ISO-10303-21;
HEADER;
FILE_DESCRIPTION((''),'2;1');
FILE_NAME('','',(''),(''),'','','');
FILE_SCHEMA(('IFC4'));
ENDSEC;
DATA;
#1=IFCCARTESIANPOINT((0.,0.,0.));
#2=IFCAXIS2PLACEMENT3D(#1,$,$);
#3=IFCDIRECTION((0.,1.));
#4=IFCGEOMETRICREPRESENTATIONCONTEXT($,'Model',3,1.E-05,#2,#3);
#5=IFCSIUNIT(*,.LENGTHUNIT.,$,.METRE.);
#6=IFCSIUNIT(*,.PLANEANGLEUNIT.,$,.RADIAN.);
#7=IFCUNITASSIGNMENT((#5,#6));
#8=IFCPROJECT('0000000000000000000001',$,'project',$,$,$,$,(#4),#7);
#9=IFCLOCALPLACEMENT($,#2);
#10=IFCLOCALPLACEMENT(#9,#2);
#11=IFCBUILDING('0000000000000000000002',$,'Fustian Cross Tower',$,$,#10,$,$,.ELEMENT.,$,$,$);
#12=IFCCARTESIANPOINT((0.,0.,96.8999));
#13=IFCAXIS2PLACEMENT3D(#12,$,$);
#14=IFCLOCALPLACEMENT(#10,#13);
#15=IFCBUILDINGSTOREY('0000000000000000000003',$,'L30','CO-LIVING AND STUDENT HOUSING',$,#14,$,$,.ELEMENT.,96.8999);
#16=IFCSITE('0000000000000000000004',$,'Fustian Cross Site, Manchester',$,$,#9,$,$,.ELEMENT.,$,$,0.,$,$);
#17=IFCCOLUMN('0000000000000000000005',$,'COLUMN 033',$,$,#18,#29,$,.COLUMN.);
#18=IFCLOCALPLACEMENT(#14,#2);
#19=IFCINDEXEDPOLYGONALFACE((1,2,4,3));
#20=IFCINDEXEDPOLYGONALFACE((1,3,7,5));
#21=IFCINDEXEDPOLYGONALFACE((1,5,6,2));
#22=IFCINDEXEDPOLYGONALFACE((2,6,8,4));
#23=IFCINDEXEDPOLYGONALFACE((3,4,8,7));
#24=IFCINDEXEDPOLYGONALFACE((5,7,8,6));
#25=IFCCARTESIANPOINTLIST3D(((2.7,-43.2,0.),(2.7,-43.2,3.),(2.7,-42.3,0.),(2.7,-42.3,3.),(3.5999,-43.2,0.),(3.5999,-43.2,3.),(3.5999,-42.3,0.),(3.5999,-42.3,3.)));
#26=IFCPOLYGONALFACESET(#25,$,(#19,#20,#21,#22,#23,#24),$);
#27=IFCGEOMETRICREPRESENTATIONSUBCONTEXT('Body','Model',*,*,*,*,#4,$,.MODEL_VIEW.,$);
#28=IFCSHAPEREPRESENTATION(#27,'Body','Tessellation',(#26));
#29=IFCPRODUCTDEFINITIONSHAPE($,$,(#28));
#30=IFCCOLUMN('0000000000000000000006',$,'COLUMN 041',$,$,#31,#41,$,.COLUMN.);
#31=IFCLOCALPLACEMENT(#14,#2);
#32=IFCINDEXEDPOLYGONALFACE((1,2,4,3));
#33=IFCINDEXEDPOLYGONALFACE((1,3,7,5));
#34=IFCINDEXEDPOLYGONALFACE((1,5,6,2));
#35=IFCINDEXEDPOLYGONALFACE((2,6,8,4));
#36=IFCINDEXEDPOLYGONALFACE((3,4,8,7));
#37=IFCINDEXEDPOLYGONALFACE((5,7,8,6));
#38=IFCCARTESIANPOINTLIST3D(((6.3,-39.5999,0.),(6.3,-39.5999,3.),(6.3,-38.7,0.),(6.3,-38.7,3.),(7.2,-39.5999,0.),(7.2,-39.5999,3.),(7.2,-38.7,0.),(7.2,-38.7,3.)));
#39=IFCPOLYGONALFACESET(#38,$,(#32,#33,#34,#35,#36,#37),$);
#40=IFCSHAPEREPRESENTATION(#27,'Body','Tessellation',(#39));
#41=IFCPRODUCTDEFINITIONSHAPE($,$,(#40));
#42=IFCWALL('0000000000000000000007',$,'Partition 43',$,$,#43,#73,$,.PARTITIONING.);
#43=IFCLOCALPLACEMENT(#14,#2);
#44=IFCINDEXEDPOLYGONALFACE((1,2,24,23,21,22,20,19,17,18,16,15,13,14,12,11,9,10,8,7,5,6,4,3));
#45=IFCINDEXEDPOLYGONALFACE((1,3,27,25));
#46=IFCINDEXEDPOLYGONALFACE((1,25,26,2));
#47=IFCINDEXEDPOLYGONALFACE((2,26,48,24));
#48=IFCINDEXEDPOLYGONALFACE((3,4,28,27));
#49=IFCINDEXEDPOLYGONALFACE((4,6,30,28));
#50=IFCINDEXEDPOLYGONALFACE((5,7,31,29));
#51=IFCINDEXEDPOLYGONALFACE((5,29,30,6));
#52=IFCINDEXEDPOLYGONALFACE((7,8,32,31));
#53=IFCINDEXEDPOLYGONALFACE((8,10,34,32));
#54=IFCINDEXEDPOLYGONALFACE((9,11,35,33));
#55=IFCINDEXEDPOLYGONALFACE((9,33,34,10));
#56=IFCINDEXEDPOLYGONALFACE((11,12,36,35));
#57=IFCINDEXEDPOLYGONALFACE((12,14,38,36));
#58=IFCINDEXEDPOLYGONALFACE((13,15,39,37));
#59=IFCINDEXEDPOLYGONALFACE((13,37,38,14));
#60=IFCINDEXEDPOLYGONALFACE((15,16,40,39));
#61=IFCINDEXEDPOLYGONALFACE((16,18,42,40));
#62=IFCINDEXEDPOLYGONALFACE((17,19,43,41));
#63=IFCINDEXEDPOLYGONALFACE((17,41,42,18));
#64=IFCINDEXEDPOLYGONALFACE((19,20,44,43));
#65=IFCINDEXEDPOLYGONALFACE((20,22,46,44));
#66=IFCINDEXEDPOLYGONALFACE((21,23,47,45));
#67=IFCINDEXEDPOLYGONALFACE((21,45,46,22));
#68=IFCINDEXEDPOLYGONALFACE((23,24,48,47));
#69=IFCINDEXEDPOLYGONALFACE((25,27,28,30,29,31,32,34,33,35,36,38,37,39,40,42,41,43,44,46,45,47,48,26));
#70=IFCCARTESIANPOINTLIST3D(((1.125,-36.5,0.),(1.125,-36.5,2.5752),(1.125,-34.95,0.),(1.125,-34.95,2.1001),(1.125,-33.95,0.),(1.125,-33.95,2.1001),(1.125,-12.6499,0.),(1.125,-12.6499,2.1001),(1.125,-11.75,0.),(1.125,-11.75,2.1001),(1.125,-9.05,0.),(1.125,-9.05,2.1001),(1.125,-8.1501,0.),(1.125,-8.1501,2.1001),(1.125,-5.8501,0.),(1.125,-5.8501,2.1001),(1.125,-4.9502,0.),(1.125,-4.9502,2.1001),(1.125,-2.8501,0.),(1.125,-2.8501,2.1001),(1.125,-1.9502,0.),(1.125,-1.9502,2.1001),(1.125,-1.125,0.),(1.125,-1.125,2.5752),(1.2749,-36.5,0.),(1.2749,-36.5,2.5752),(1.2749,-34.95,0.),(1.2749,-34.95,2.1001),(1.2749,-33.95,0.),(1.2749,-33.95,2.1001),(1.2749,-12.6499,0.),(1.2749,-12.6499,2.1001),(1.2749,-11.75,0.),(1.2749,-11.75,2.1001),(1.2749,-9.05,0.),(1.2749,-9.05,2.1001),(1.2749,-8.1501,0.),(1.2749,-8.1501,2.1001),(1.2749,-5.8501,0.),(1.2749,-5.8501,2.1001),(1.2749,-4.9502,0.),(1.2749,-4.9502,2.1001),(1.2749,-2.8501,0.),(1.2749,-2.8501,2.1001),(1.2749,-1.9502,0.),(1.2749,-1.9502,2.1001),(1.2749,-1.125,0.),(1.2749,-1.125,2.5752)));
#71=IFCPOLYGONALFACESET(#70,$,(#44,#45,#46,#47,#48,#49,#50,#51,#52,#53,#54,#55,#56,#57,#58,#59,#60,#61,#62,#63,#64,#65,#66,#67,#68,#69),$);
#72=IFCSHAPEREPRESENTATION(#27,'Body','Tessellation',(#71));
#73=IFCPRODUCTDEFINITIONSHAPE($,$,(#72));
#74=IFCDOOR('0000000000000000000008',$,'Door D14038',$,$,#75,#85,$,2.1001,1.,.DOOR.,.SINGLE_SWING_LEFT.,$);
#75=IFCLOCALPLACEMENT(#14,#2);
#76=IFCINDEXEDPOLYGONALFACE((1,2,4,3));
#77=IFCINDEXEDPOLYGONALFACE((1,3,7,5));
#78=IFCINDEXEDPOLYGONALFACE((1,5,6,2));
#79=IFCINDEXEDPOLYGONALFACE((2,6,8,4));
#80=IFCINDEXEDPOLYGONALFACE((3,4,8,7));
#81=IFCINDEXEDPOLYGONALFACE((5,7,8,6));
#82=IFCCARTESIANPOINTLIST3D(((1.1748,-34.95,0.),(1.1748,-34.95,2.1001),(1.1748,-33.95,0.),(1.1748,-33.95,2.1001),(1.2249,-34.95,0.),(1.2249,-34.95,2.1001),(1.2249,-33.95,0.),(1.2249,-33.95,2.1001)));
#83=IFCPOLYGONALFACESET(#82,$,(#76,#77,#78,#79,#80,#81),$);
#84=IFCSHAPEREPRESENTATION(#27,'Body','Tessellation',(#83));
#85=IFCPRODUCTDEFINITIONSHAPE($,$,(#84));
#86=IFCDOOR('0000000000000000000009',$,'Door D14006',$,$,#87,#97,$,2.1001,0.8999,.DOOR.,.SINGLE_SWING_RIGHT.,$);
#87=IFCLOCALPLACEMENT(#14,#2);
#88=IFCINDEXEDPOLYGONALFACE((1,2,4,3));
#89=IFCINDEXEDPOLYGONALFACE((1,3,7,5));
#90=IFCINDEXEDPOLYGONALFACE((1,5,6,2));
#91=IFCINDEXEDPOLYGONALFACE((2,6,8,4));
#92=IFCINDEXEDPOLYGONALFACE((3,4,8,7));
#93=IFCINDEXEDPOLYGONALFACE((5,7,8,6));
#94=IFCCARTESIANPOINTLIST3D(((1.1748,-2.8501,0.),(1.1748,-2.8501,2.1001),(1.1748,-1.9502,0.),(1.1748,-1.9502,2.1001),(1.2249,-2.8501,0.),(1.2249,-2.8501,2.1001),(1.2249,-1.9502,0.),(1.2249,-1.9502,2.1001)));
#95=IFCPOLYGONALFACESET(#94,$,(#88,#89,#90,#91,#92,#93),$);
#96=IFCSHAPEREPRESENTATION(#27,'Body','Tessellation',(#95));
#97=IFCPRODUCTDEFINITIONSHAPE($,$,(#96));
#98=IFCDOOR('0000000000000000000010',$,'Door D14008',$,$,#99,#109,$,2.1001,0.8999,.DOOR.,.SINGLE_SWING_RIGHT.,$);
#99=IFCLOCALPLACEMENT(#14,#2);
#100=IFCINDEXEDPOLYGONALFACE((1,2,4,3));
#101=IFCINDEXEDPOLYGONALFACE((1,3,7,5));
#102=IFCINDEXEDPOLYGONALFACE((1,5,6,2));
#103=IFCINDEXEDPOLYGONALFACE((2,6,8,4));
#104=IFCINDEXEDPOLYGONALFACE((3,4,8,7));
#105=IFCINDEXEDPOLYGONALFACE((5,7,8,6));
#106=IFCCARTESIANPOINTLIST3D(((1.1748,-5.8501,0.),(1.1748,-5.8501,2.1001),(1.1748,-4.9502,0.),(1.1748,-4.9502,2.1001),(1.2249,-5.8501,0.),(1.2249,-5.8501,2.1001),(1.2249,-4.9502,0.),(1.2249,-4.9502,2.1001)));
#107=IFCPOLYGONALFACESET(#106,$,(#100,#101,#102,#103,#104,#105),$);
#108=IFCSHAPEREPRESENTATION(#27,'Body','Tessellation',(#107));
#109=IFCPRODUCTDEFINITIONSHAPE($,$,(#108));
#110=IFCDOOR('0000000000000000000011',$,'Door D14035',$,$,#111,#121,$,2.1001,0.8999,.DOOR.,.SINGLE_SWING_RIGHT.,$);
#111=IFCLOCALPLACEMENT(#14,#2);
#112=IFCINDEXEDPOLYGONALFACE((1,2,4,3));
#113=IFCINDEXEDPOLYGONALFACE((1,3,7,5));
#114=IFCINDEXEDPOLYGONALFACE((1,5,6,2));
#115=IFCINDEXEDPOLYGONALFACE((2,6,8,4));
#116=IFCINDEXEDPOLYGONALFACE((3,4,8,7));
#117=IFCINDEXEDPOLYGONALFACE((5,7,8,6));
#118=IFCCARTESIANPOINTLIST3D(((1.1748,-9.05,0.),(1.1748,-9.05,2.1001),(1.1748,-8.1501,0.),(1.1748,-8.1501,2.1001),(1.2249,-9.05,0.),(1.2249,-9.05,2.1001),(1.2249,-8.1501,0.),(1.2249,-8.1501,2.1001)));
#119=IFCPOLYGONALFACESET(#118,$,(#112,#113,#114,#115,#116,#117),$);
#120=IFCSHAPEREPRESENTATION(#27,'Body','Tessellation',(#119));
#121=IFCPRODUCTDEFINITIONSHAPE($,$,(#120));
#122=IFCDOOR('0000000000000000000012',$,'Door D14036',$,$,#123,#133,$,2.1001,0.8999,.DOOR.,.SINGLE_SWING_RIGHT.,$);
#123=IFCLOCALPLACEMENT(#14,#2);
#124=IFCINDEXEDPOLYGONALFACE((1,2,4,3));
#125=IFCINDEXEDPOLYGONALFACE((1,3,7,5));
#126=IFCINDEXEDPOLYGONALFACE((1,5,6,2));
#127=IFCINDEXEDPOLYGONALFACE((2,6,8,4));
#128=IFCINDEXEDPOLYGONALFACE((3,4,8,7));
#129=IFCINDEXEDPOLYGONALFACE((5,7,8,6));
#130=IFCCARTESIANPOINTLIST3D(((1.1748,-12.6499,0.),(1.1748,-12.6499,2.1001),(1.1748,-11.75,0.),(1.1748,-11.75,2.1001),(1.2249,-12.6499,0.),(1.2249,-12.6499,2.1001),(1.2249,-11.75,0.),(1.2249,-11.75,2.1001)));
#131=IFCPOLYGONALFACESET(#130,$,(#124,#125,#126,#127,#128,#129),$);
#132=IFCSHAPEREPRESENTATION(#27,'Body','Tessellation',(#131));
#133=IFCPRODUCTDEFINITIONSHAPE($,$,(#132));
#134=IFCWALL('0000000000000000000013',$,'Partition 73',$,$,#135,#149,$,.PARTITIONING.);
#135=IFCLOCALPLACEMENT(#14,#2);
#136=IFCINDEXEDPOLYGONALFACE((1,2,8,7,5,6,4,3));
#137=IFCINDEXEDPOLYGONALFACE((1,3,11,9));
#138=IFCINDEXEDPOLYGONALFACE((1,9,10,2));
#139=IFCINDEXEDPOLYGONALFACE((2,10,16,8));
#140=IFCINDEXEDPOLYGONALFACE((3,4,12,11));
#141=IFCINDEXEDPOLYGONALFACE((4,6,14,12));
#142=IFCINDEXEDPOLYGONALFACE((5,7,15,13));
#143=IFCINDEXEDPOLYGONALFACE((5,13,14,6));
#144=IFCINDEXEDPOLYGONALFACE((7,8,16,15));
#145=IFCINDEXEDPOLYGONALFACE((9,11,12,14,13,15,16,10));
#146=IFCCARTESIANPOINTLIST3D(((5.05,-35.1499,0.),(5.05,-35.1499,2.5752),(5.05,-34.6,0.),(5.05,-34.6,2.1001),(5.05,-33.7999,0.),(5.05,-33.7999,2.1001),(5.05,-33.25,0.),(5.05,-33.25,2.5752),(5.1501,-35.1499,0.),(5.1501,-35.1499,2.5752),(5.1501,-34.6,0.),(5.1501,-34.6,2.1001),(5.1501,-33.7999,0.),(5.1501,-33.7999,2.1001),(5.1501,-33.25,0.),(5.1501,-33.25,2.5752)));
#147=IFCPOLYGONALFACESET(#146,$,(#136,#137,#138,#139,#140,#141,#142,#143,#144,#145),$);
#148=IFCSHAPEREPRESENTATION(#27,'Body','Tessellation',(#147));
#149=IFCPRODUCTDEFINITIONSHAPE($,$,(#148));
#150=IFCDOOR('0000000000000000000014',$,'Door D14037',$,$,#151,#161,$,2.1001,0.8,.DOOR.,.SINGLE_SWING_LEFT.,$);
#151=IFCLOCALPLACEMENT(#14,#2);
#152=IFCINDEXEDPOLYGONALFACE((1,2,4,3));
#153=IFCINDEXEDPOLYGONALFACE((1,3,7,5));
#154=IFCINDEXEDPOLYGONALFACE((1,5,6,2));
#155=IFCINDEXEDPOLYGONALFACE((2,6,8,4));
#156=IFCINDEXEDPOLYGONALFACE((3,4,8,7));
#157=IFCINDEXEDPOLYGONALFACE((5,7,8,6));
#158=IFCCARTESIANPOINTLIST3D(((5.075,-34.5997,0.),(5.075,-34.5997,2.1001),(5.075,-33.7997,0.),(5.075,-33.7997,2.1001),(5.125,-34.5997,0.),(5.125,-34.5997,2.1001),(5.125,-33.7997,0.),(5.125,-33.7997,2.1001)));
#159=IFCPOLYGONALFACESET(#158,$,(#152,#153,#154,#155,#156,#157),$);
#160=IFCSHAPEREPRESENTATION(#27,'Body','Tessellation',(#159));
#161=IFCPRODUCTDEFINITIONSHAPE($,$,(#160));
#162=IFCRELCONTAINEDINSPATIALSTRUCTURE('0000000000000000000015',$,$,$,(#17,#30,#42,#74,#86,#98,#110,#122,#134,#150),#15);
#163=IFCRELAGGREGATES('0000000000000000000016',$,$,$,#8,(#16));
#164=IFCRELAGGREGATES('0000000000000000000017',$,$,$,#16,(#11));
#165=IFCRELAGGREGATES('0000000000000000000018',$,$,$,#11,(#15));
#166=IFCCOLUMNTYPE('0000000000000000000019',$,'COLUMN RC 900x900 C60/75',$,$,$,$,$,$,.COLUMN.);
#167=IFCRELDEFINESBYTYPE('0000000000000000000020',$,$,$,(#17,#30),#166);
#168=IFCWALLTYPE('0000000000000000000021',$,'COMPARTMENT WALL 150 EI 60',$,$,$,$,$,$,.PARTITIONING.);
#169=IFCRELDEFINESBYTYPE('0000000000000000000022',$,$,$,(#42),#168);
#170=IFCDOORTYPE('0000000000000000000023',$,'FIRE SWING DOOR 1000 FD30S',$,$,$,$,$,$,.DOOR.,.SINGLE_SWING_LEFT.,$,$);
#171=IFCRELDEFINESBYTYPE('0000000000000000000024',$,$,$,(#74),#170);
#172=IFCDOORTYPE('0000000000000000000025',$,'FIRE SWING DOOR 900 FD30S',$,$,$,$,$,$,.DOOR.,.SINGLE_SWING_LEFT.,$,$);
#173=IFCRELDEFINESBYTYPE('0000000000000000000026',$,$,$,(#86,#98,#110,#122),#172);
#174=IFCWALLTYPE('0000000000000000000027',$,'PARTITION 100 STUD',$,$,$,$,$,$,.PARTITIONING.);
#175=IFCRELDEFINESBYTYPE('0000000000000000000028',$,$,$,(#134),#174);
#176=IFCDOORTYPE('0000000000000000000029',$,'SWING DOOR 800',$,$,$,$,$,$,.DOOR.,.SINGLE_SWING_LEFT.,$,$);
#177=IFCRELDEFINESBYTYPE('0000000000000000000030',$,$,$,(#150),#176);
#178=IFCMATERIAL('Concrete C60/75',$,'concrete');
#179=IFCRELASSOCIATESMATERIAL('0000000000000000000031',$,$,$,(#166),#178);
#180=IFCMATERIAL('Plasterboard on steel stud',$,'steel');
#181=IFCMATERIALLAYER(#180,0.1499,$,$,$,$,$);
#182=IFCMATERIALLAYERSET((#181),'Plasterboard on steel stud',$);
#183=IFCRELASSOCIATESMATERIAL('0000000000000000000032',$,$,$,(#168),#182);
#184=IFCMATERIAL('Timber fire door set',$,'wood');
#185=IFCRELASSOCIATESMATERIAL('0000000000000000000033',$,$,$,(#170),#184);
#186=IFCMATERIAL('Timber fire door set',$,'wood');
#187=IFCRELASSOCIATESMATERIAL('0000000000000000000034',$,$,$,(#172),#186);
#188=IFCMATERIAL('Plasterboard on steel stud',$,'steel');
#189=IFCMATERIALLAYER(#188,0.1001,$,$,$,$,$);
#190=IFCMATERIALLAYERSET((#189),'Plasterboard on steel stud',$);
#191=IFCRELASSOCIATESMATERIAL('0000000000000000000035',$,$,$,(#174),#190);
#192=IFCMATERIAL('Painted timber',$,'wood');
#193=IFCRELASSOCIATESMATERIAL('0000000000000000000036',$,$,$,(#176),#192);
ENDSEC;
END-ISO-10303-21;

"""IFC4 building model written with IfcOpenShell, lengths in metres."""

from ifc_helpers import new_model, si_unit, direction, frame, frame_2d, origin, origin_2d, place, context, subcontext, project, spatial, rectangle, extrude, material, layer, layer_set, material_profile, profile_set, type_object, element, fill, save


model = new_model("IFC4")

# Units and contexts
model_context = context("Model", 3, precision=1e-05, world=origin(), true_north=direction((0.0, 1.0)))
body_context = subcontext(model_context, "Body", "Model", "MODEL_VIEW")
ifc_project = project(units=[si_unit("LENGTHUNIT", "METRE"), si_unit("PLANEANGLEUNIT", "RADIAN")], contexts=[model_context])

# Site, building, storey
site_placement = place(None, origin())
site = spatial("IfcSite", under=ifc_project, at=site_placement, Name="Fustian Cross Site, Manchester", CompositionType="ELEMENT", RefElevation=0.0)
building_placement = place(site_placement, origin())
building = spatial("IfcBuilding", under=site, at=building_placement, Name="Fustian Cross Tower", CompositionType="ELEMENT")
storey_placement = place(building_placement, frame((0.0, 0.0, 96.8999)))
storey = spatial("IfcBuildingStorey", under=building, at=storey_placement, Name="L30", Description="CO-LIVING AND STUDENT HOUSING", CompositionType="ELEMENT", Elevation=96.8999)

# Columns
ifc_material_1 = material(Name="Concrete C60/75", Category="concrete")
ifc_material_profile = material_profile(ifc_material_1, rectangle(XDim=0.8999, YDim=0.8999, at=origin_2d()), Name="RC 900x900")
ifc_profile_set = profile_set([ifc_material_profile], Name="Concrete C60/75")
column_type = type_object("IfcColumnType", Name="COLUMN RC 900x900 C60/75", PredefinedType="COLUMN", material=ifc_profile_set)
for number, where, z_axis, x_axis, name in (
    (1, (3.1499, -42.75, 0.0), (0.0, 0.0, 1.0), (1.0, 0.0, 0.0), "COLUMN 033"),
    (2, (6.75, -39.1499, 0.0), (0.0, 0.0, 1.0), (1.0, 0.0, 0.0), "COLUMN 041"),
):
    element("IfcColumn", number, at=place(storey_placement, frame(where, z_axis=z_axis, x_axis=x_axis)), inside=storey, type_object=column_type, Name=name, PredefinedType="COLUMN", context=body_context, shape_type="SweptSolid", body=[
        extrude(rectangle(XDim=0.8999, YDim=0.8999, at=origin_2d()), origin(), (0.0, 0.0, 1.0), 3.0),
    ])

# Wall, openings, doors
ifc_material_2 = material(Name="Plasterboard on steel stud", Category="steel")
ifc_layer_1 = layer(ifc_material_2, 0.1499)
ifc_layer_set_1 = layer_set([ifc_layer_1], Name="Plasterboard on steel stud")
wall_type_1 = type_object("IfcWallType", Name="COMPARTMENT WALL 150 EI 60", PredefinedType="PARTITIONING", material=ifc_layer_set_1)
wall_1_placement = place(storey_placement, frame((1.2, -36.5, 0.0), z_axis=(0.0, 0.0, 1.0), x_axis=(0.0, 1.0, 0.0)))
wall_1 = element("IfcWall", 3, at=wall_1_placement, inside=storey, type_object=wall_type_1, Name="Partition 43", PredefinedType="PARTITIONING", context=body_context, shape_type="SweptSolid", body=[
    extrude(rectangle(XDim=35.375, YDim=0.1499, at=frame_2d((17.6875, 0.0))), origin(), (0.0, 0.0, 1.0), 2.5752),
])
opening_1_placement = place(wall_1_placement, frame((33.6499, 0.0, 0.0)))
opening_1 = element("IfcOpeningElement", 4, at=opening_1_placement, cuts=wall_1, PredefinedType="OPENING", context=body_context, shape_type="SweptSolid", body=[
    extrude(rectangle(XDim=0.8999, YDim=2.1001, at=frame_2d((0.45, 1.05))), frame((0.0, 0.085, 0.0), z_axis=(0.0, -1.0, 0.0), x_axis=(1.0, 0.0, 0.0)), (0.0, 0.0, 1.0), 0.1699),
])
opening_2_placement = place(wall_1_placement, frame((30.6499, 0.0, 0.0)))
opening_2 = element("IfcOpeningElement", 5, at=opening_2_placement, cuts=wall_1, PredefinedType="OPENING", context=body_context, shape_type="SweptSolid", body=[
    extrude(rectangle(XDim=0.8999, YDim=2.1001, at=frame_2d((0.45, 1.05))), frame((0.0, 0.085, 0.0), z_axis=(0.0, -1.0, 0.0), x_axis=(1.0, 0.0, 0.0)), (0.0, 0.0, 1.0), 0.1699),
])
opening_3_placement = place(wall_1_placement, frame((27.45, 0.0, 0.0)))
opening_3 = element("IfcOpeningElement", 6, at=opening_3_placement, cuts=wall_1, PredefinedType="OPENING", context=body_context, shape_type="SweptSolid", body=[
    extrude(rectangle(XDim=0.8999, YDim=2.1001, at=frame_2d((0.45, 1.05))), frame((0.0, 0.085, 0.0), z_axis=(0.0, -1.0, 0.0), x_axis=(1.0, 0.0, 0.0)), (0.0, 0.0, 1.0), 0.1699),
])
opening_4_placement = place(wall_1_placement, frame((23.8501, 0.0, 0.0)))
opening_4 = element("IfcOpeningElement", 7, at=opening_4_placement, cuts=wall_1, PredefinedType="OPENING", context=body_context, shape_type="SweptSolid", body=[
    extrude(rectangle(XDim=0.8999, YDim=2.1001, at=frame_2d((0.45, 1.05))), frame((0.0, 0.085, 0.0), z_axis=(0.0, -1.0, 0.0), x_axis=(1.0, 0.0, 0.0)), (0.0, 0.0, 1.0), 0.1699),
])
opening_5_placement = place(wall_1_placement, frame((1.55, 0.0, 0.0)))
opening_5 = element("IfcOpeningElement", 8, at=opening_5_placement, cuts=wall_1, PredefinedType="OPENING", context=body_context, shape_type="SweptSolid", body=[
    extrude(rectangle(XDim=1.0, YDim=2.1001, at=frame_2d((0.5, 1.05))), frame((0.0, 0.085, 0.0), z_axis=(0.0, -1.0, 0.0), x_axis=(1.0, 0.0, 0.0)), (0.0, 0.0, 1.0), 0.1699),
])
ifc_material_3 = material(Name="Timber fire door set", Category="wood")
door_type_1 = type_object("IfcDoorType", Name="FIRE SWING DOOR 1000 FD30S", OperationType="SINGLE_SWING_LEFT", PredefinedType="DOOR", material=ifc_material_3)
door_1_placement = place(opening_5_placement, frame((1.0, 0.0, 0.0), z_axis=(0.0, 0.0, 1.0), x_axis=(-1.0, 0.0, 0.0)))
door_1 = element("IfcDoor", 9, at=door_1_placement, inside=storey, type_object=door_type_1, Name="Door D14038", OperationType="SINGLE_SWING_LEFT", OverallHeight=2.1001, OverallWidth=1.0, PredefinedType="DOOR", context=body_context, shape_type="SweptSolid", body=[
    extrude(rectangle(XDim=1.0, YDim=2.1001, at=frame_2d((0.5, 1.05))), frame((0.0, 0.0249, 0.0), z_axis=(0.0, -1.0, 0.0), x_axis=(1.0, 0.0, 0.0)), (0.0, 0.0, 1.0), 0.05),
])
fill(opening_5, door_1)
ifc_material_4 = material(Name="Timber fire door set", Category="wood")
door_type_2 = type_object("IfcDoorType", Name="FIRE SWING DOOR 900 FD30S", OperationType="SINGLE_SWING_LEFT", PredefinedType="DOOR", material=ifc_material_4)
door_2_placement = place(opening_1_placement, frame((0.8999, 0.0, 0.0), z_axis=(0.0, 0.0, 1.0), x_axis=(-1.0, 0.0, 0.0)))
door_2 = element("IfcDoor", 10, at=door_2_placement, inside=storey, type_object=door_type_2, Name="Door D14006", OperationType="SINGLE_SWING_RIGHT", OverallHeight=2.1001, OverallWidth=0.8999, PredefinedType="DOOR", context=body_context, shape_type="SweptSolid", body=[
    extrude(rectangle(XDim=0.8999, YDim=2.1001, at=frame_2d((0.45, 1.05))), frame((0.0, 0.0249, 0.0), z_axis=(0.0, -1.0, 0.0), x_axis=(1.0, 0.0, 0.0)), (0.0, 0.0, 1.0), 0.05),
])
fill(opening_1, door_2)
door_3_placement = place(opening_2_placement, frame((0.8999, 0.0, 0.0), z_axis=(0.0, 0.0, 1.0), x_axis=(-1.0, 0.0, 0.0)))
door_3 = element("IfcDoor", 11, at=door_3_placement, inside=storey, type_object=door_type_2, Name="Door D14008", OperationType="SINGLE_SWING_RIGHT", OverallHeight=2.1001, OverallWidth=0.8999, PredefinedType="DOOR", context=body_context, shape_type="SweptSolid", body=[
    extrude(rectangle(XDim=0.8999, YDim=2.1001, at=frame_2d((0.45, 1.05))), frame((0.0, 0.0249, 0.0), z_axis=(0.0, -1.0, 0.0), x_axis=(1.0, 0.0, 0.0)), (0.0, 0.0, 1.0), 0.05),
])
fill(opening_2, door_3)
door_4_placement = place(opening_3_placement, frame((0.8999, 0.0, 0.0), z_axis=(0.0, 0.0, 1.0), x_axis=(-1.0, 0.0, 0.0)))
door_4 = element("IfcDoor", 12, at=door_4_placement, inside=storey, type_object=door_type_2, Name="Door D14035", OperationType="SINGLE_SWING_RIGHT", OverallHeight=2.1001, OverallWidth=0.8999, PredefinedType="DOOR", context=body_context, shape_type="SweptSolid", body=[
    extrude(rectangle(XDim=0.8999, YDim=2.1001, at=frame_2d((0.45, 1.05))), frame((0.0, 0.0249, 0.0), z_axis=(0.0, -1.0, 0.0), x_axis=(1.0, 0.0, 0.0)), (0.0, 0.0, 1.0), 0.05),
])
fill(opening_3, door_4)
door_5_placement = place(opening_4_placement, frame((0.8999, 0.0, 0.0), z_axis=(0.0, 0.0, 1.0), x_axis=(-1.0, 0.0, 0.0)))
door_5 = element("IfcDoor", 13, at=door_5_placement, inside=storey, type_object=door_type_2, Name="Door D14036", OperationType="SINGLE_SWING_RIGHT", OverallHeight=2.1001, OverallWidth=0.8999, PredefinedType="DOOR", context=body_context, shape_type="SweptSolid", body=[
    extrude(rectangle(XDim=0.8999, YDim=2.1001, at=frame_2d((0.45, 1.05))), frame((0.0, 0.0249, 0.0), z_axis=(0.0, -1.0, 0.0), x_axis=(1.0, 0.0, 0.0)), (0.0, 0.0, 1.0), 0.05),
])
fill(opening_4, door_5)

# Wall, opening, door
ifc_material_5 = material(Name="Plasterboard on steel stud", Category="steel")
ifc_layer_2 = layer(ifc_material_5, 0.1001)
ifc_layer_set_2 = layer_set([ifc_layer_2], Name="Plasterboard on steel stud")
wall_type_2 = type_object("IfcWallType", Name="PARTITION 100 STUD", PredefinedType="PARTITIONING", material=ifc_layer_set_2)
wall_2_placement = place(storey_placement, frame((5.1001, -35.1499, 0.0), z_axis=(0.0, 0.0, 1.0), x_axis=(0.0, 1.0, 0.0)))
wall_2 = element("IfcWall", 14, at=wall_2_placement, inside=storey, type_object=wall_type_2, Name="Partition 73", PredefinedType="PARTITIONING", context=body_context, shape_type="SweptSolid", body=[
    extrude(rectangle(XDim=1.8999, YDim=0.1001, at=frame_2d((0.95, 0.0))), origin(), (0.0, 0.0, 1.0), 2.5752),
])
opening_6_placement = place(wall_2_placement, frame((0.55, 0.0, 0.0)))
opening_6 = element("IfcOpeningElement", 15, at=opening_6_placement, cuts=wall_2, PredefinedType="OPENING", context=body_context, shape_type="SweptSolid", body=[
    extrude(rectangle(XDim=0.8, YDim=2.1001, at=frame_2d((0.3999, 1.05))), frame((0.0, 0.0601, 0.0), z_axis=(0.0, -1.0, 0.0), x_axis=(1.0, 0.0, 0.0)), (0.0, 0.0, 1.0), 0.1201),
])
ifc_material_6 = material(Name="Painted timber", Category="wood")
door_type_3 = type_object("IfcDoorType", Name="SWING DOOR 800", OperationType="SINGLE_SWING_LEFT", PredefinedType="DOOR", material=ifc_material_6)
door_6_placement = place(opening_6_placement, frame((0.8, 0.0, 0.0), z_axis=(0.0, 0.0, 1.0), x_axis=(-1.0, 0.0, 0.0)))
door_6 = element("IfcDoor", 16, at=door_6_placement, inside=storey, type_object=door_type_3, Name="Door D14037", OperationType="SINGLE_SWING_LEFT", OverallHeight=2.1001, OverallWidth=0.8, PredefinedType="DOOR", context=body_context, shape_type="SweptSolid", body=[
    extrude(rectangle(XDim=0.8, YDim=2.1001, at=frame_2d((0.3999, 1.05))), frame((0.0, 0.0249, 0.0), z_axis=(0.0, -1.0, 0.0), x_axis=(1.0, 0.0, 0.0)), (0.0, 0.0, 1.0), 0.05),
])
fill(opening_6, door_6)

save(model, "model.ifc")
